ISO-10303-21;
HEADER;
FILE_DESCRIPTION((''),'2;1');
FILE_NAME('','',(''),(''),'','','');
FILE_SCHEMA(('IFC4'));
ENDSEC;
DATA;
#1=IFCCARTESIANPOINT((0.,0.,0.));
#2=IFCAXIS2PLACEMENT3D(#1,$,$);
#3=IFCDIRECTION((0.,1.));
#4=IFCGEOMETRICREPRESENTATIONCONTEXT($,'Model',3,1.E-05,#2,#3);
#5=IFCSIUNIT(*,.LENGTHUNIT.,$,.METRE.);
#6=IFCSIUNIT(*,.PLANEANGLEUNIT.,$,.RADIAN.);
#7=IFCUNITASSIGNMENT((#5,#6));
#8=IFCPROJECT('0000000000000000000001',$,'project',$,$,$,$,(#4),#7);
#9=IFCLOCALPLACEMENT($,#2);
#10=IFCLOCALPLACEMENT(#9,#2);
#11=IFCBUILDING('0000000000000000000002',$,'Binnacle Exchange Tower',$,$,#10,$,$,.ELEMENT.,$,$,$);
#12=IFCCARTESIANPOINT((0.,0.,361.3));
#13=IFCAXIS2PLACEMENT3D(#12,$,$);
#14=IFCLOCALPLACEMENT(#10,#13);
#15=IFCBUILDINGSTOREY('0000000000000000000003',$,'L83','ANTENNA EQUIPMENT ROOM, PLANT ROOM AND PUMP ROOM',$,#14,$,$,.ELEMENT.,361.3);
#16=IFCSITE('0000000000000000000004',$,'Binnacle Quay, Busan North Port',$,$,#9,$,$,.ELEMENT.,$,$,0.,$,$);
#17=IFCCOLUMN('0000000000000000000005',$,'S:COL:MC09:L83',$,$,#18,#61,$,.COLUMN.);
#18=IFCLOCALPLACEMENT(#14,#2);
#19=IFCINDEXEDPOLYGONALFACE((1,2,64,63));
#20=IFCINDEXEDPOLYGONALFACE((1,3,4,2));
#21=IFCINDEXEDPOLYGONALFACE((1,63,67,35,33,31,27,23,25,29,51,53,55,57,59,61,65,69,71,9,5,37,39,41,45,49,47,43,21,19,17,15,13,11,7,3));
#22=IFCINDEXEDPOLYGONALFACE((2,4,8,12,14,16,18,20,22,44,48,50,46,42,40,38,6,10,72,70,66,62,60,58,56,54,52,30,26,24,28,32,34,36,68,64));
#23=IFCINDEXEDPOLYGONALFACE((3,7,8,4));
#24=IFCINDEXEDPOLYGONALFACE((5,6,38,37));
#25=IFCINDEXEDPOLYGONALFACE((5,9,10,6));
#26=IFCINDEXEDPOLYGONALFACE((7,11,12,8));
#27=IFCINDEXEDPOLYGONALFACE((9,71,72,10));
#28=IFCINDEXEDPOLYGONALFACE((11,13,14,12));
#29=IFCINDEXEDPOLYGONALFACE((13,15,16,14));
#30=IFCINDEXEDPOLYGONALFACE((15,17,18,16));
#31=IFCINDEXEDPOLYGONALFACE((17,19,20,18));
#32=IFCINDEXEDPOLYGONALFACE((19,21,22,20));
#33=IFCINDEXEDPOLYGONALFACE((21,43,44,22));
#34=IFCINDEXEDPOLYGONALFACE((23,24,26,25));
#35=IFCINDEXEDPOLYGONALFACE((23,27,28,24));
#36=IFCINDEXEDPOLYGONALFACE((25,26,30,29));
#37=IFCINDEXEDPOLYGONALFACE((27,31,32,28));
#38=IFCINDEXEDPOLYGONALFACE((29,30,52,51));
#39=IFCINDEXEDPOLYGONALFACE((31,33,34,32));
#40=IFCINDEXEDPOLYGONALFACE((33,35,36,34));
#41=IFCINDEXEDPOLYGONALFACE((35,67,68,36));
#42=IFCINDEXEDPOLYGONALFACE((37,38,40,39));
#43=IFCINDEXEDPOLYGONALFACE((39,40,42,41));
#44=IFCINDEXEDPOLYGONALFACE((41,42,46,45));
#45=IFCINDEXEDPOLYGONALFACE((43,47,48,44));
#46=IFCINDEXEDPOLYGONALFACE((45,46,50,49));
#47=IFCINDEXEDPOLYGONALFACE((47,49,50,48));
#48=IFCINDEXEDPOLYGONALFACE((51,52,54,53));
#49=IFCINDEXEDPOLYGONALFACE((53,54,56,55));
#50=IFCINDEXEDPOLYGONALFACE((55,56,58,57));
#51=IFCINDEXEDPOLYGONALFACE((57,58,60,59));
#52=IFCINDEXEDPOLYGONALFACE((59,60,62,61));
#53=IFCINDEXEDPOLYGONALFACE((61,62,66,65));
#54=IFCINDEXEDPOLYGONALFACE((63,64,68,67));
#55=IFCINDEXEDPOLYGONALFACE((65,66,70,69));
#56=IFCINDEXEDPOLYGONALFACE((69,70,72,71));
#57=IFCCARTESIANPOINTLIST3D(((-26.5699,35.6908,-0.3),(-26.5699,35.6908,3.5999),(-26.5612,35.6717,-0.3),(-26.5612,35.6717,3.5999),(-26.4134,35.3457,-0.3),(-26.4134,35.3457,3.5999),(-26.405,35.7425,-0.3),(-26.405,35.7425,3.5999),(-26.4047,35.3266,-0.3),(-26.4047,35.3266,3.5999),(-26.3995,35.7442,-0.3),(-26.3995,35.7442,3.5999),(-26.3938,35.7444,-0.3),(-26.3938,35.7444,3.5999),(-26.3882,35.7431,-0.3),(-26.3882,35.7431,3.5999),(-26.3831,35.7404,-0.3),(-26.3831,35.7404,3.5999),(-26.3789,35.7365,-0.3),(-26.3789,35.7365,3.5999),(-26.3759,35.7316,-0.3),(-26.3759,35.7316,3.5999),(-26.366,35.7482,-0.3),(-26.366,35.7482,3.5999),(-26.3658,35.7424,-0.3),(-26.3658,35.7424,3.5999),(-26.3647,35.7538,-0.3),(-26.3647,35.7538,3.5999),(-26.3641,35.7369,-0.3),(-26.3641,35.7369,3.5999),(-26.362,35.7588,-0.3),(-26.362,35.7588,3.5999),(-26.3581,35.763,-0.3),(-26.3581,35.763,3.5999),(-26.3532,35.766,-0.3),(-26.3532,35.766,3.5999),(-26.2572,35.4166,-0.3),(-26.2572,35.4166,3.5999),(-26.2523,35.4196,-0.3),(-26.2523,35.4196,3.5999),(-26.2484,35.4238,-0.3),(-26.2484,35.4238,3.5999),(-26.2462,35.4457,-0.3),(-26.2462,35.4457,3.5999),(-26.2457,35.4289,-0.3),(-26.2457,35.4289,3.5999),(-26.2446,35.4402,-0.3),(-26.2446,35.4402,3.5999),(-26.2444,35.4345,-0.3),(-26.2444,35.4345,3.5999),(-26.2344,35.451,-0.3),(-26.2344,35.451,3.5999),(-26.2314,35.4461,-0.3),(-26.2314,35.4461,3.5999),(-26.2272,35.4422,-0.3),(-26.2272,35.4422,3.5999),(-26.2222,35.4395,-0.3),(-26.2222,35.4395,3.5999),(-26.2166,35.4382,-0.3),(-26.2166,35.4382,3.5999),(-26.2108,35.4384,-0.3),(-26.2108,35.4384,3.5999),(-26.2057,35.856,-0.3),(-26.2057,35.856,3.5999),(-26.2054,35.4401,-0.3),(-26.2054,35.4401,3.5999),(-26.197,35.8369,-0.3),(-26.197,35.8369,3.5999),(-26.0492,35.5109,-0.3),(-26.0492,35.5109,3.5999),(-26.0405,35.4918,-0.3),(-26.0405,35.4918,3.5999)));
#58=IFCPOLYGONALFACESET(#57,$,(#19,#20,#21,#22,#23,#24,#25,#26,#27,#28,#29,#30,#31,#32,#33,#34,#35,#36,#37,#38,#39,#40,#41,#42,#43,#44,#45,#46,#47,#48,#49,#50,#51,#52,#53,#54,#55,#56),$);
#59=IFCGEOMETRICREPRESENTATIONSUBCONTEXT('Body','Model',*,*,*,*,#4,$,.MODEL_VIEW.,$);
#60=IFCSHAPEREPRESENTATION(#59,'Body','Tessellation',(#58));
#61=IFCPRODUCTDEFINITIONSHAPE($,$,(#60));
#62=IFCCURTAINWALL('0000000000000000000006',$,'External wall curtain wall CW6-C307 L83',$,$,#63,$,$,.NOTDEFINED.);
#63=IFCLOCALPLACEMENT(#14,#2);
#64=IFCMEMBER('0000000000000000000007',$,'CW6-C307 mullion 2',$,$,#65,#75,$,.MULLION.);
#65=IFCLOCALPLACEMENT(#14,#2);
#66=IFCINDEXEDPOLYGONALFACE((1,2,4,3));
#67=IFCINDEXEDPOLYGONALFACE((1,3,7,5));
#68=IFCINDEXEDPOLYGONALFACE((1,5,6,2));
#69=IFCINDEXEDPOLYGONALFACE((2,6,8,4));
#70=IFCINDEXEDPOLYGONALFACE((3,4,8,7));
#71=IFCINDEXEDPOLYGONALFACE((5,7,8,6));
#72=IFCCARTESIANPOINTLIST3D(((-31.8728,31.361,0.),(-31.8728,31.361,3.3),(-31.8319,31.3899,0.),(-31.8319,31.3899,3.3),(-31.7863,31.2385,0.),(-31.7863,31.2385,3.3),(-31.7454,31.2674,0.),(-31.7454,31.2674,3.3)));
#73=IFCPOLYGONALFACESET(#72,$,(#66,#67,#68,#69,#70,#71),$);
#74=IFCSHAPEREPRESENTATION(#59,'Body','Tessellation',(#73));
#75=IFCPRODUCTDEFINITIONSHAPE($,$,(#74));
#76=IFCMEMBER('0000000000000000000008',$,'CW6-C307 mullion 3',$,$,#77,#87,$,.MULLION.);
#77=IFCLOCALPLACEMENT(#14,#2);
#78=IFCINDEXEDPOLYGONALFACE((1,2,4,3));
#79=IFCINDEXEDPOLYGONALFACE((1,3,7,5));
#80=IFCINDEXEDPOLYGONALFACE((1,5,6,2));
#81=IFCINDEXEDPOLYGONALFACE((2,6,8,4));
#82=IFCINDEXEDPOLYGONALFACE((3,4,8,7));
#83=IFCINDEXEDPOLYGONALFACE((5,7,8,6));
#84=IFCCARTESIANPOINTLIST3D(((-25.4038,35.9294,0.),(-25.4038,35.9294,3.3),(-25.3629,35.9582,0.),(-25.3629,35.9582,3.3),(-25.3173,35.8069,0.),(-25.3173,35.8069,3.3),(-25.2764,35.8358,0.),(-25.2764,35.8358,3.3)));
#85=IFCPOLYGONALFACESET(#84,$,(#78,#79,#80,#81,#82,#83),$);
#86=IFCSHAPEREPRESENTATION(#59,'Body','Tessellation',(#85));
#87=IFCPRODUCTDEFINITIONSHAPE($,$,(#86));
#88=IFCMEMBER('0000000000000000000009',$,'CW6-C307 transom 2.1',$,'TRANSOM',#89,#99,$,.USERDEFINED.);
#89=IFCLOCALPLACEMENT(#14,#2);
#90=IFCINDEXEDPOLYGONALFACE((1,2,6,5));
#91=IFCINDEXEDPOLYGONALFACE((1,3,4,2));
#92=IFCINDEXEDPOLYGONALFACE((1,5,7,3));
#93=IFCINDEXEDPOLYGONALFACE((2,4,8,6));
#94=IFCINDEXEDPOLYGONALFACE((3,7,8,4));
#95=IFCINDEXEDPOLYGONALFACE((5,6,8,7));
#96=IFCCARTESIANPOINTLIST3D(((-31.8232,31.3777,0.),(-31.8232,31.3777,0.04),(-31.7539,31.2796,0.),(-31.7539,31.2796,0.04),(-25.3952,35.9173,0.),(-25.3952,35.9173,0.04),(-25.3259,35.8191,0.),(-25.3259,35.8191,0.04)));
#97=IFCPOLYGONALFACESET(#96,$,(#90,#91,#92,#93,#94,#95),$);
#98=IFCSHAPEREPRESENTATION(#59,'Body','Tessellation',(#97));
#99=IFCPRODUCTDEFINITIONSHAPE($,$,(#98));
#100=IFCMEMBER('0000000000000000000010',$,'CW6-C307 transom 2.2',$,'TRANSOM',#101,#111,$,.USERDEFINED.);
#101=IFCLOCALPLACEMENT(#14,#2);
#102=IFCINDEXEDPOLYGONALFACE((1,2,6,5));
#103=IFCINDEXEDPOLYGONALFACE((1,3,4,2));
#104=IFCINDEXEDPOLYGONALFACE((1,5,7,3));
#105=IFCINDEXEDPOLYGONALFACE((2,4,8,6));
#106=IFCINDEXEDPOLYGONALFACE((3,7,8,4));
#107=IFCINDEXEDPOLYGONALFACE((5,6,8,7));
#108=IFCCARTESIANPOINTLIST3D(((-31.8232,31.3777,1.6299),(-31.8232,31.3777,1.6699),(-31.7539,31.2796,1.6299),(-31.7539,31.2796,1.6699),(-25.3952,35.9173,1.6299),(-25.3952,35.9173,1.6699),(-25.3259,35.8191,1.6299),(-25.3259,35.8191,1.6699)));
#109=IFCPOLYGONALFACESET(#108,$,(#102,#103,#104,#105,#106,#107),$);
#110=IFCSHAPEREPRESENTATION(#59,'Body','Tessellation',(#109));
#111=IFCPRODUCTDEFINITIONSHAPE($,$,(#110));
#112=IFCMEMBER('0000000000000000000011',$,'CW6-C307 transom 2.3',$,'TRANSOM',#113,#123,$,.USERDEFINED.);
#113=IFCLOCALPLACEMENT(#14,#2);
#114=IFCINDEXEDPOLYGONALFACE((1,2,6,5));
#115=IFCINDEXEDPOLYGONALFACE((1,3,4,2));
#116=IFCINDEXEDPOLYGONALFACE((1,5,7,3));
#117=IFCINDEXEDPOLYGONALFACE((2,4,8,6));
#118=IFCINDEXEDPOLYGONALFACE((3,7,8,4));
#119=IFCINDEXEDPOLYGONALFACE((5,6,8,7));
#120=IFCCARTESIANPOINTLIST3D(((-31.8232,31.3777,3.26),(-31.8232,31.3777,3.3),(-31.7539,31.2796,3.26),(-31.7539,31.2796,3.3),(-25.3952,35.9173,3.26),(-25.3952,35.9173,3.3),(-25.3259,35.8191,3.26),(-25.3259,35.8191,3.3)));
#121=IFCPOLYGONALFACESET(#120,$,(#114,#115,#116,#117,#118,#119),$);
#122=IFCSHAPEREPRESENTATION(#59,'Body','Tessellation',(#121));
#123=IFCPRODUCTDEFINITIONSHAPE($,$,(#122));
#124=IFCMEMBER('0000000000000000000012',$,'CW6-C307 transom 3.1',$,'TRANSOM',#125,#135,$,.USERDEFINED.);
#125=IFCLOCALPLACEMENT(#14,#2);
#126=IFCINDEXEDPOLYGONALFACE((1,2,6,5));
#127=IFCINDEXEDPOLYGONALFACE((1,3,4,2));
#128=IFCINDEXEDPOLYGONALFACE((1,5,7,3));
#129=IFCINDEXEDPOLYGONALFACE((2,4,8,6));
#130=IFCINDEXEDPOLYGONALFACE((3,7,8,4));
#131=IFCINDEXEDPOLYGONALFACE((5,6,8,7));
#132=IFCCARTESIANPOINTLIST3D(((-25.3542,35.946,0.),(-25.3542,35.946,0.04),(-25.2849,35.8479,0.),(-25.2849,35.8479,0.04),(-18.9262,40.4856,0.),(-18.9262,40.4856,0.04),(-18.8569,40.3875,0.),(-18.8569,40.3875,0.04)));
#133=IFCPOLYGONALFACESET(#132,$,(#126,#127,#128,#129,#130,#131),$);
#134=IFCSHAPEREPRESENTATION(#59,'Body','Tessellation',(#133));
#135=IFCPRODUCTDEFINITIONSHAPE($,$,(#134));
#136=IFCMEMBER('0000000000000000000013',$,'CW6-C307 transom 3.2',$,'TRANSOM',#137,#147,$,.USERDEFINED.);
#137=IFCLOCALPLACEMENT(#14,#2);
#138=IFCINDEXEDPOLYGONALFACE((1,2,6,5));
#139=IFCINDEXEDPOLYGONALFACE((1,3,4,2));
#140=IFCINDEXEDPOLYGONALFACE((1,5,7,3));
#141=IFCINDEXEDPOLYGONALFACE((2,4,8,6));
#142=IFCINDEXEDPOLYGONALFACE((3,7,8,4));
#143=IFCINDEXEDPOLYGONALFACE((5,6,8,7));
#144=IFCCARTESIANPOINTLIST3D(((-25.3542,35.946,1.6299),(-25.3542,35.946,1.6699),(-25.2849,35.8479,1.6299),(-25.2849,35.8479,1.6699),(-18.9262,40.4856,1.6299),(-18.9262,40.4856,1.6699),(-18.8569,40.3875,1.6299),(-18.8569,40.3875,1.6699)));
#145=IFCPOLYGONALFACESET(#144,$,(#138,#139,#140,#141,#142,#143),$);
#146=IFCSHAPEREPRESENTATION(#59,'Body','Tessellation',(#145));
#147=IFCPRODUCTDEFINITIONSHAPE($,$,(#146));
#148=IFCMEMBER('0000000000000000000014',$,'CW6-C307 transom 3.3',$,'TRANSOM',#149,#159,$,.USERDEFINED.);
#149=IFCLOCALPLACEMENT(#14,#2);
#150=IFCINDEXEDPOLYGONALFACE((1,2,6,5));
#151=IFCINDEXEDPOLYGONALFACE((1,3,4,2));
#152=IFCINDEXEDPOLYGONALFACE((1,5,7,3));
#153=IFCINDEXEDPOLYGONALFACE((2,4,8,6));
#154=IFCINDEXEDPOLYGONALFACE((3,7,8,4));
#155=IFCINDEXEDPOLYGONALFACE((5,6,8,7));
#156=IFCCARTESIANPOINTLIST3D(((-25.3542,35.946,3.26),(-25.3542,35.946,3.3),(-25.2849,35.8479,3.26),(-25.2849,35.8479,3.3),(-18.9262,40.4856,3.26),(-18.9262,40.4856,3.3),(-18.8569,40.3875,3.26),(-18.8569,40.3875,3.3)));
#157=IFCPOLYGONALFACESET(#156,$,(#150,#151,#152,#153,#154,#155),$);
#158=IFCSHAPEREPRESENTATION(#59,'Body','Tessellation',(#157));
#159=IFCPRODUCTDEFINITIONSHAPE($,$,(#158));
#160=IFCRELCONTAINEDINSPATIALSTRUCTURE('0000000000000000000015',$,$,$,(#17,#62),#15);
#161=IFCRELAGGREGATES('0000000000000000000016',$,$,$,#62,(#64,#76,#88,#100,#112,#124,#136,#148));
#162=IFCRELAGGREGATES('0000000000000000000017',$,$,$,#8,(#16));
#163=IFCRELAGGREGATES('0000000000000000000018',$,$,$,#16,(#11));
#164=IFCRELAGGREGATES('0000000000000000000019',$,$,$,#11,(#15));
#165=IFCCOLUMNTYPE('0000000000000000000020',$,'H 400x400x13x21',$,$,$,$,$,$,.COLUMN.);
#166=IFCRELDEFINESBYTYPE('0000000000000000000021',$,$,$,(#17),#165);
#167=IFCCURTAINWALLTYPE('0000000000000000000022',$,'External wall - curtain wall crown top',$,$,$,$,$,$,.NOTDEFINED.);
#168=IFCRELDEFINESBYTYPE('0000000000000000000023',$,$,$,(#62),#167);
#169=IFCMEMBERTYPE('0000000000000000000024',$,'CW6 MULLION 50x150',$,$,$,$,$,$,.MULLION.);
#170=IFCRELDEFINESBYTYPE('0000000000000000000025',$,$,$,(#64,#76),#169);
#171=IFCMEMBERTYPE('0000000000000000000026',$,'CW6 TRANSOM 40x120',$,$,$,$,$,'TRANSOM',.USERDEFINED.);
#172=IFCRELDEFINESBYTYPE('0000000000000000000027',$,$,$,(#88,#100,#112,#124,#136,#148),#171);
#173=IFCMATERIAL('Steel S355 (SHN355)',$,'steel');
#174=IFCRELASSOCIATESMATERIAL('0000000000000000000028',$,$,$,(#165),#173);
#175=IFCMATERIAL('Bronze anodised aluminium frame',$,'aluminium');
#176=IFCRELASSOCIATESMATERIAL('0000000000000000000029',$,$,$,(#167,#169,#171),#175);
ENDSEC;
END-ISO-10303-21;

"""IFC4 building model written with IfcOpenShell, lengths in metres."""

from ifc_helpers import new_model, si_unit, direction, frame, origin, origin_2d, place, context, subcontext, project, spatial, rectangle, i_section, extrude, material, material_profile, profile_set, type_object, element, aggregate, save


model = new_model("IFC4")

# Units and contexts
model_context = context("Model", 3, precision=1e-05, world=origin(), true_north=direction((0.0, 1.0)))
body_context = subcontext(model_context, "Body", "Model", "MODEL_VIEW")
ifc_project = project(units=[si_unit("LENGTHUNIT", "METRE"), si_unit("PLANEANGLEUNIT", "RADIAN")], contexts=[model_context])

# Site, building, storey
site_placement = place(None, origin())
site = spatial("IfcSite", under=ifc_project, at=site_placement, Name="Binnacle Quay, Busan North Port", CompositionType="ELEMENT", RefElevation=0.0)
building_placement = place(site_placement, origin())
building = spatial("IfcBuilding", under=site, at=building_placement, Name="Binnacle Exchange Tower", CompositionType="ELEMENT")
storey_placement = place(building_placement, frame((0.0, 0.0, 361.3)))
storey = spatial("IfcBuildingStorey", under=building, at=storey_placement, Name="L83", Description="ANTENNA EQUIPMENT ROOM, PLANT ROOM AND PUMP ROOM", CompositionType="ELEMENT", Elevation=361.3)

# Column
ifc_material_1 = material(Name="Steel S355 (SHN355)", Category="steel")
ifc_material_profile_1 = material_profile(ifc_material_1, i_section(OverallWidth=0.3999, OverallDepth=0.3999, WebThickness=0.0129, FlangeThickness=0.021, FilletRadius=0.022, at=origin_2d()), Name="H 400x400x13x21")
ifc_profile_set_1 = profile_set([ifc_material_profile_1], Name="Steel S355 (SHN355)")
column_type = type_object("IfcColumnType", Name="H 400x400x13x21", PredefinedType="COLUMN", material=ifc_profile_set_1)
column_placement = place(storey_placement, frame((-26.3052, 35.5913, -0.3), z_axis=(0.0, 0.0, 1.0), x_axis=(0.910705, 0.413057, 0.0)))
element("IfcColumn", 1, at=column_placement, inside=storey, type_object=column_type, Name="S:COL:MC09:L83", PredefinedType="COLUMN", context=body_context, shape_type="SweptSolid", body=[
    extrude(i_section(OverallWidth=0.3999, OverallDepth=0.3999, WebThickness=0.0129, FlangeThickness=0.021, FilletRadius=0.022, at=origin_2d()), origin(), (0.0, 0.0, 1.0), 3.8999),
])

# Curtain wall, members
ifc_material_2 = material(Name="Bronze anodised aluminium frame", Category="aluminium")
curtain_wall_type = type_object("IfcCurtainWallType", Name="External wall - curtain wall crown top", PredefinedType="NOTDEFINED", material=ifc_material_2)
curtain_wall_placement = place(storey_placement, origin())
curtain_wall = element("IfcCurtainWall", 2, at=curtain_wall_placement, inside=storey, type_object=curtain_wall_type, Name="External wall curtain wall CW6-C307 L83", PredefinedType="NOTDEFINED")
ifc_material_profile_2 = material_profile(ifc_material_2, rectangle(XDim=0.1499, YDim=0.05, at=origin_2d()), Name="AL 50x150")
ifc_profile_set_2 = profile_set([ifc_material_profile_2], Name="Bronze anodised aluminium frame")
member_type_1 = type_object("IfcMemberType", Name="CW6 MULLION 50x150", PredefinedType="MULLION", material=ifc_profile_set_2)
member_1_placement = place(storey_placement, frame((-31.8091, 31.3142, 0.0), z_axis=(0.0, 0.0, 1.0), x_axis=(-0.576854, 0.816847, 0.0)))
member_1 = element("IfcMember", 3, at=member_1_placement, type_object=member_type_1, Name="CW6-C307 mullion 2", PredefinedType="MULLION", context=body_context, shape_type="SweptSolid", body=[
    extrude(rectangle(XDim=0.1499, YDim=0.05, at=origin_2d()), origin(), (0.0, 0.0, 1.0), 3.3),
])
member_2_placement = place(storey_placement, frame((-25.3401, 35.8826, 0.0), z_axis=(0.0, 0.0, 1.0), x_axis=(-0.576854, 0.816847, 0.0)))
member_2 = element("IfcMember", 4, at=member_2_placement, type_object=member_type_1, Name="CW6-C307 mullion 3", PredefinedType="MULLION", context=body_context, shape_type="SweptSolid", body=[
    extrude(rectangle(XDim=0.1499, YDim=0.05, at=origin_2d()), origin(), (0.0, 0.0, 1.0), 3.3),
])
ifc_material_profile_3 = material_profile(ifc_material_2, rectangle(XDim=0.1201, YDim=0.04, at=origin_2d()), Name="AL 120x40")
ifc_profile_set_3 = profile_set([ifc_material_profile_3], Name="Bronze anodised aluminium frame")
member_type_2 = type_object("IfcMemberType", Name="CW6 TRANSOM 40x120", ElementType="TRANSOM", PredefinedType="USERDEFINED", material=ifc_profile_set_3)
member_3_placement = place(storey_placement, frame((-31.7886, 31.3286, 0.02), z_axis=(0.816839, 0.576866, 0.0), x_axis=(-0.576866, 0.816839, 0.0)))
member_3 = element("IfcMember", 5, at=member_3_placement, type_object=member_type_2, Name="CW6-C307 transom 2.1", ObjectType="TRANSOM", PredefinedType="USERDEFINED", context=body_context, shape_type="SweptSolid", body=[
    extrude(rectangle(XDim=0.1201, YDim=0.04, at=origin_2d()), origin(), (0.0, 0.0, 1.0), 7.8694),
])
member_4_placement = place(storey_placement, frame((-31.7886, 31.3286, 1.6499), z_axis=(0.816839, 0.576866, 0.0), x_axis=(-0.576866, 0.816839, 0.0)))
member_4 = element("IfcMember", 6, at=member_4_placement, type_object=member_type_2, Name="CW6-C307 transom 2.2", ObjectType="TRANSOM", PredefinedType="USERDEFINED", context=body_context, shape_type="SweptSolid", body=[
    extrude(rectangle(XDim=0.1201, YDim=0.04, at=origin_2d()), origin(), (0.0, 0.0, 1.0), 7.8694),
])
member_5_placement = place(storey_placement, frame((-31.7886, 31.3286, 3.28), z_axis=(0.816839, 0.576866, 0.0), x_axis=(-0.576866, 0.816839, 0.0)))
member_5 = element("IfcMember", 7, at=member_5_placement, type_object=member_type_2, Name="CW6-C307 transom 2.3", ObjectType="TRANSOM", PredefinedType="USERDEFINED", context=body_context, shape_type="SweptSolid", body=[
    extrude(rectangle(XDim=0.1201, YDim=0.04, at=origin_2d()), origin(), (0.0, 0.0, 1.0), 7.8694),
])
member_6_placement = place(storey_placement, frame((-25.3196, 35.897, 0.02), z_axis=(0.816839, 0.576866, 0.0), x_axis=(-0.576866, 0.816839, 0.0)))
member_6 = element("IfcMember", 8, at=member_6_placement, type_object=member_type_2, Name="CW6-C307 transom 3.1", ObjectType="TRANSOM", PredefinedType="USERDEFINED", context=body_context, shape_type="SweptSolid", body=[
    extrude(rectangle(XDim=0.1201, YDim=0.04, at=origin_2d()), origin(), (0.0, 0.0, 1.0), 7.8694),
])
member_7_placement = place(storey_placement, frame((-25.3196, 35.897, 1.6499), z_axis=(0.816839, 0.576866, 0.0), x_axis=(-0.576866, 0.816839, 0.0)))
member_7 = element("IfcMember", 9, at=member_7_placement, type_object=member_type_2, Name="CW6-C307 transom 3.2", ObjectType="TRANSOM", PredefinedType="USERDEFINED", context=body_context, shape_type="SweptSolid", body=[
    extrude(rectangle(XDim=0.1201, YDim=0.04, at=origin_2d()), origin(), (0.0, 0.0, 1.0), 7.8694),
])
member_8_placement = place(storey_placement, frame((-25.3196, 35.897, 3.28), z_axis=(0.816839, 0.576866, 0.0), x_axis=(-0.576866, 0.816839, 0.0)))
member_8 = element("IfcMember", 10, at=member_8_placement, type_object=member_type_2, Name="CW6-C307 transom 3.3", ObjectType="TRANSOM", PredefinedType="USERDEFINED", context=body_context, shape_type="SweptSolid", body=[
    extrude(rectangle(XDim=0.1201, YDim=0.04, at=origin_2d()), origin(), (0.0, 0.0, 1.0), 7.8694),
])

aggregate(curtain_wall, [member_1, member_2, member_3, member_4, member_5, member_6, member_7, member_8])

save(model, "model.ifc")
